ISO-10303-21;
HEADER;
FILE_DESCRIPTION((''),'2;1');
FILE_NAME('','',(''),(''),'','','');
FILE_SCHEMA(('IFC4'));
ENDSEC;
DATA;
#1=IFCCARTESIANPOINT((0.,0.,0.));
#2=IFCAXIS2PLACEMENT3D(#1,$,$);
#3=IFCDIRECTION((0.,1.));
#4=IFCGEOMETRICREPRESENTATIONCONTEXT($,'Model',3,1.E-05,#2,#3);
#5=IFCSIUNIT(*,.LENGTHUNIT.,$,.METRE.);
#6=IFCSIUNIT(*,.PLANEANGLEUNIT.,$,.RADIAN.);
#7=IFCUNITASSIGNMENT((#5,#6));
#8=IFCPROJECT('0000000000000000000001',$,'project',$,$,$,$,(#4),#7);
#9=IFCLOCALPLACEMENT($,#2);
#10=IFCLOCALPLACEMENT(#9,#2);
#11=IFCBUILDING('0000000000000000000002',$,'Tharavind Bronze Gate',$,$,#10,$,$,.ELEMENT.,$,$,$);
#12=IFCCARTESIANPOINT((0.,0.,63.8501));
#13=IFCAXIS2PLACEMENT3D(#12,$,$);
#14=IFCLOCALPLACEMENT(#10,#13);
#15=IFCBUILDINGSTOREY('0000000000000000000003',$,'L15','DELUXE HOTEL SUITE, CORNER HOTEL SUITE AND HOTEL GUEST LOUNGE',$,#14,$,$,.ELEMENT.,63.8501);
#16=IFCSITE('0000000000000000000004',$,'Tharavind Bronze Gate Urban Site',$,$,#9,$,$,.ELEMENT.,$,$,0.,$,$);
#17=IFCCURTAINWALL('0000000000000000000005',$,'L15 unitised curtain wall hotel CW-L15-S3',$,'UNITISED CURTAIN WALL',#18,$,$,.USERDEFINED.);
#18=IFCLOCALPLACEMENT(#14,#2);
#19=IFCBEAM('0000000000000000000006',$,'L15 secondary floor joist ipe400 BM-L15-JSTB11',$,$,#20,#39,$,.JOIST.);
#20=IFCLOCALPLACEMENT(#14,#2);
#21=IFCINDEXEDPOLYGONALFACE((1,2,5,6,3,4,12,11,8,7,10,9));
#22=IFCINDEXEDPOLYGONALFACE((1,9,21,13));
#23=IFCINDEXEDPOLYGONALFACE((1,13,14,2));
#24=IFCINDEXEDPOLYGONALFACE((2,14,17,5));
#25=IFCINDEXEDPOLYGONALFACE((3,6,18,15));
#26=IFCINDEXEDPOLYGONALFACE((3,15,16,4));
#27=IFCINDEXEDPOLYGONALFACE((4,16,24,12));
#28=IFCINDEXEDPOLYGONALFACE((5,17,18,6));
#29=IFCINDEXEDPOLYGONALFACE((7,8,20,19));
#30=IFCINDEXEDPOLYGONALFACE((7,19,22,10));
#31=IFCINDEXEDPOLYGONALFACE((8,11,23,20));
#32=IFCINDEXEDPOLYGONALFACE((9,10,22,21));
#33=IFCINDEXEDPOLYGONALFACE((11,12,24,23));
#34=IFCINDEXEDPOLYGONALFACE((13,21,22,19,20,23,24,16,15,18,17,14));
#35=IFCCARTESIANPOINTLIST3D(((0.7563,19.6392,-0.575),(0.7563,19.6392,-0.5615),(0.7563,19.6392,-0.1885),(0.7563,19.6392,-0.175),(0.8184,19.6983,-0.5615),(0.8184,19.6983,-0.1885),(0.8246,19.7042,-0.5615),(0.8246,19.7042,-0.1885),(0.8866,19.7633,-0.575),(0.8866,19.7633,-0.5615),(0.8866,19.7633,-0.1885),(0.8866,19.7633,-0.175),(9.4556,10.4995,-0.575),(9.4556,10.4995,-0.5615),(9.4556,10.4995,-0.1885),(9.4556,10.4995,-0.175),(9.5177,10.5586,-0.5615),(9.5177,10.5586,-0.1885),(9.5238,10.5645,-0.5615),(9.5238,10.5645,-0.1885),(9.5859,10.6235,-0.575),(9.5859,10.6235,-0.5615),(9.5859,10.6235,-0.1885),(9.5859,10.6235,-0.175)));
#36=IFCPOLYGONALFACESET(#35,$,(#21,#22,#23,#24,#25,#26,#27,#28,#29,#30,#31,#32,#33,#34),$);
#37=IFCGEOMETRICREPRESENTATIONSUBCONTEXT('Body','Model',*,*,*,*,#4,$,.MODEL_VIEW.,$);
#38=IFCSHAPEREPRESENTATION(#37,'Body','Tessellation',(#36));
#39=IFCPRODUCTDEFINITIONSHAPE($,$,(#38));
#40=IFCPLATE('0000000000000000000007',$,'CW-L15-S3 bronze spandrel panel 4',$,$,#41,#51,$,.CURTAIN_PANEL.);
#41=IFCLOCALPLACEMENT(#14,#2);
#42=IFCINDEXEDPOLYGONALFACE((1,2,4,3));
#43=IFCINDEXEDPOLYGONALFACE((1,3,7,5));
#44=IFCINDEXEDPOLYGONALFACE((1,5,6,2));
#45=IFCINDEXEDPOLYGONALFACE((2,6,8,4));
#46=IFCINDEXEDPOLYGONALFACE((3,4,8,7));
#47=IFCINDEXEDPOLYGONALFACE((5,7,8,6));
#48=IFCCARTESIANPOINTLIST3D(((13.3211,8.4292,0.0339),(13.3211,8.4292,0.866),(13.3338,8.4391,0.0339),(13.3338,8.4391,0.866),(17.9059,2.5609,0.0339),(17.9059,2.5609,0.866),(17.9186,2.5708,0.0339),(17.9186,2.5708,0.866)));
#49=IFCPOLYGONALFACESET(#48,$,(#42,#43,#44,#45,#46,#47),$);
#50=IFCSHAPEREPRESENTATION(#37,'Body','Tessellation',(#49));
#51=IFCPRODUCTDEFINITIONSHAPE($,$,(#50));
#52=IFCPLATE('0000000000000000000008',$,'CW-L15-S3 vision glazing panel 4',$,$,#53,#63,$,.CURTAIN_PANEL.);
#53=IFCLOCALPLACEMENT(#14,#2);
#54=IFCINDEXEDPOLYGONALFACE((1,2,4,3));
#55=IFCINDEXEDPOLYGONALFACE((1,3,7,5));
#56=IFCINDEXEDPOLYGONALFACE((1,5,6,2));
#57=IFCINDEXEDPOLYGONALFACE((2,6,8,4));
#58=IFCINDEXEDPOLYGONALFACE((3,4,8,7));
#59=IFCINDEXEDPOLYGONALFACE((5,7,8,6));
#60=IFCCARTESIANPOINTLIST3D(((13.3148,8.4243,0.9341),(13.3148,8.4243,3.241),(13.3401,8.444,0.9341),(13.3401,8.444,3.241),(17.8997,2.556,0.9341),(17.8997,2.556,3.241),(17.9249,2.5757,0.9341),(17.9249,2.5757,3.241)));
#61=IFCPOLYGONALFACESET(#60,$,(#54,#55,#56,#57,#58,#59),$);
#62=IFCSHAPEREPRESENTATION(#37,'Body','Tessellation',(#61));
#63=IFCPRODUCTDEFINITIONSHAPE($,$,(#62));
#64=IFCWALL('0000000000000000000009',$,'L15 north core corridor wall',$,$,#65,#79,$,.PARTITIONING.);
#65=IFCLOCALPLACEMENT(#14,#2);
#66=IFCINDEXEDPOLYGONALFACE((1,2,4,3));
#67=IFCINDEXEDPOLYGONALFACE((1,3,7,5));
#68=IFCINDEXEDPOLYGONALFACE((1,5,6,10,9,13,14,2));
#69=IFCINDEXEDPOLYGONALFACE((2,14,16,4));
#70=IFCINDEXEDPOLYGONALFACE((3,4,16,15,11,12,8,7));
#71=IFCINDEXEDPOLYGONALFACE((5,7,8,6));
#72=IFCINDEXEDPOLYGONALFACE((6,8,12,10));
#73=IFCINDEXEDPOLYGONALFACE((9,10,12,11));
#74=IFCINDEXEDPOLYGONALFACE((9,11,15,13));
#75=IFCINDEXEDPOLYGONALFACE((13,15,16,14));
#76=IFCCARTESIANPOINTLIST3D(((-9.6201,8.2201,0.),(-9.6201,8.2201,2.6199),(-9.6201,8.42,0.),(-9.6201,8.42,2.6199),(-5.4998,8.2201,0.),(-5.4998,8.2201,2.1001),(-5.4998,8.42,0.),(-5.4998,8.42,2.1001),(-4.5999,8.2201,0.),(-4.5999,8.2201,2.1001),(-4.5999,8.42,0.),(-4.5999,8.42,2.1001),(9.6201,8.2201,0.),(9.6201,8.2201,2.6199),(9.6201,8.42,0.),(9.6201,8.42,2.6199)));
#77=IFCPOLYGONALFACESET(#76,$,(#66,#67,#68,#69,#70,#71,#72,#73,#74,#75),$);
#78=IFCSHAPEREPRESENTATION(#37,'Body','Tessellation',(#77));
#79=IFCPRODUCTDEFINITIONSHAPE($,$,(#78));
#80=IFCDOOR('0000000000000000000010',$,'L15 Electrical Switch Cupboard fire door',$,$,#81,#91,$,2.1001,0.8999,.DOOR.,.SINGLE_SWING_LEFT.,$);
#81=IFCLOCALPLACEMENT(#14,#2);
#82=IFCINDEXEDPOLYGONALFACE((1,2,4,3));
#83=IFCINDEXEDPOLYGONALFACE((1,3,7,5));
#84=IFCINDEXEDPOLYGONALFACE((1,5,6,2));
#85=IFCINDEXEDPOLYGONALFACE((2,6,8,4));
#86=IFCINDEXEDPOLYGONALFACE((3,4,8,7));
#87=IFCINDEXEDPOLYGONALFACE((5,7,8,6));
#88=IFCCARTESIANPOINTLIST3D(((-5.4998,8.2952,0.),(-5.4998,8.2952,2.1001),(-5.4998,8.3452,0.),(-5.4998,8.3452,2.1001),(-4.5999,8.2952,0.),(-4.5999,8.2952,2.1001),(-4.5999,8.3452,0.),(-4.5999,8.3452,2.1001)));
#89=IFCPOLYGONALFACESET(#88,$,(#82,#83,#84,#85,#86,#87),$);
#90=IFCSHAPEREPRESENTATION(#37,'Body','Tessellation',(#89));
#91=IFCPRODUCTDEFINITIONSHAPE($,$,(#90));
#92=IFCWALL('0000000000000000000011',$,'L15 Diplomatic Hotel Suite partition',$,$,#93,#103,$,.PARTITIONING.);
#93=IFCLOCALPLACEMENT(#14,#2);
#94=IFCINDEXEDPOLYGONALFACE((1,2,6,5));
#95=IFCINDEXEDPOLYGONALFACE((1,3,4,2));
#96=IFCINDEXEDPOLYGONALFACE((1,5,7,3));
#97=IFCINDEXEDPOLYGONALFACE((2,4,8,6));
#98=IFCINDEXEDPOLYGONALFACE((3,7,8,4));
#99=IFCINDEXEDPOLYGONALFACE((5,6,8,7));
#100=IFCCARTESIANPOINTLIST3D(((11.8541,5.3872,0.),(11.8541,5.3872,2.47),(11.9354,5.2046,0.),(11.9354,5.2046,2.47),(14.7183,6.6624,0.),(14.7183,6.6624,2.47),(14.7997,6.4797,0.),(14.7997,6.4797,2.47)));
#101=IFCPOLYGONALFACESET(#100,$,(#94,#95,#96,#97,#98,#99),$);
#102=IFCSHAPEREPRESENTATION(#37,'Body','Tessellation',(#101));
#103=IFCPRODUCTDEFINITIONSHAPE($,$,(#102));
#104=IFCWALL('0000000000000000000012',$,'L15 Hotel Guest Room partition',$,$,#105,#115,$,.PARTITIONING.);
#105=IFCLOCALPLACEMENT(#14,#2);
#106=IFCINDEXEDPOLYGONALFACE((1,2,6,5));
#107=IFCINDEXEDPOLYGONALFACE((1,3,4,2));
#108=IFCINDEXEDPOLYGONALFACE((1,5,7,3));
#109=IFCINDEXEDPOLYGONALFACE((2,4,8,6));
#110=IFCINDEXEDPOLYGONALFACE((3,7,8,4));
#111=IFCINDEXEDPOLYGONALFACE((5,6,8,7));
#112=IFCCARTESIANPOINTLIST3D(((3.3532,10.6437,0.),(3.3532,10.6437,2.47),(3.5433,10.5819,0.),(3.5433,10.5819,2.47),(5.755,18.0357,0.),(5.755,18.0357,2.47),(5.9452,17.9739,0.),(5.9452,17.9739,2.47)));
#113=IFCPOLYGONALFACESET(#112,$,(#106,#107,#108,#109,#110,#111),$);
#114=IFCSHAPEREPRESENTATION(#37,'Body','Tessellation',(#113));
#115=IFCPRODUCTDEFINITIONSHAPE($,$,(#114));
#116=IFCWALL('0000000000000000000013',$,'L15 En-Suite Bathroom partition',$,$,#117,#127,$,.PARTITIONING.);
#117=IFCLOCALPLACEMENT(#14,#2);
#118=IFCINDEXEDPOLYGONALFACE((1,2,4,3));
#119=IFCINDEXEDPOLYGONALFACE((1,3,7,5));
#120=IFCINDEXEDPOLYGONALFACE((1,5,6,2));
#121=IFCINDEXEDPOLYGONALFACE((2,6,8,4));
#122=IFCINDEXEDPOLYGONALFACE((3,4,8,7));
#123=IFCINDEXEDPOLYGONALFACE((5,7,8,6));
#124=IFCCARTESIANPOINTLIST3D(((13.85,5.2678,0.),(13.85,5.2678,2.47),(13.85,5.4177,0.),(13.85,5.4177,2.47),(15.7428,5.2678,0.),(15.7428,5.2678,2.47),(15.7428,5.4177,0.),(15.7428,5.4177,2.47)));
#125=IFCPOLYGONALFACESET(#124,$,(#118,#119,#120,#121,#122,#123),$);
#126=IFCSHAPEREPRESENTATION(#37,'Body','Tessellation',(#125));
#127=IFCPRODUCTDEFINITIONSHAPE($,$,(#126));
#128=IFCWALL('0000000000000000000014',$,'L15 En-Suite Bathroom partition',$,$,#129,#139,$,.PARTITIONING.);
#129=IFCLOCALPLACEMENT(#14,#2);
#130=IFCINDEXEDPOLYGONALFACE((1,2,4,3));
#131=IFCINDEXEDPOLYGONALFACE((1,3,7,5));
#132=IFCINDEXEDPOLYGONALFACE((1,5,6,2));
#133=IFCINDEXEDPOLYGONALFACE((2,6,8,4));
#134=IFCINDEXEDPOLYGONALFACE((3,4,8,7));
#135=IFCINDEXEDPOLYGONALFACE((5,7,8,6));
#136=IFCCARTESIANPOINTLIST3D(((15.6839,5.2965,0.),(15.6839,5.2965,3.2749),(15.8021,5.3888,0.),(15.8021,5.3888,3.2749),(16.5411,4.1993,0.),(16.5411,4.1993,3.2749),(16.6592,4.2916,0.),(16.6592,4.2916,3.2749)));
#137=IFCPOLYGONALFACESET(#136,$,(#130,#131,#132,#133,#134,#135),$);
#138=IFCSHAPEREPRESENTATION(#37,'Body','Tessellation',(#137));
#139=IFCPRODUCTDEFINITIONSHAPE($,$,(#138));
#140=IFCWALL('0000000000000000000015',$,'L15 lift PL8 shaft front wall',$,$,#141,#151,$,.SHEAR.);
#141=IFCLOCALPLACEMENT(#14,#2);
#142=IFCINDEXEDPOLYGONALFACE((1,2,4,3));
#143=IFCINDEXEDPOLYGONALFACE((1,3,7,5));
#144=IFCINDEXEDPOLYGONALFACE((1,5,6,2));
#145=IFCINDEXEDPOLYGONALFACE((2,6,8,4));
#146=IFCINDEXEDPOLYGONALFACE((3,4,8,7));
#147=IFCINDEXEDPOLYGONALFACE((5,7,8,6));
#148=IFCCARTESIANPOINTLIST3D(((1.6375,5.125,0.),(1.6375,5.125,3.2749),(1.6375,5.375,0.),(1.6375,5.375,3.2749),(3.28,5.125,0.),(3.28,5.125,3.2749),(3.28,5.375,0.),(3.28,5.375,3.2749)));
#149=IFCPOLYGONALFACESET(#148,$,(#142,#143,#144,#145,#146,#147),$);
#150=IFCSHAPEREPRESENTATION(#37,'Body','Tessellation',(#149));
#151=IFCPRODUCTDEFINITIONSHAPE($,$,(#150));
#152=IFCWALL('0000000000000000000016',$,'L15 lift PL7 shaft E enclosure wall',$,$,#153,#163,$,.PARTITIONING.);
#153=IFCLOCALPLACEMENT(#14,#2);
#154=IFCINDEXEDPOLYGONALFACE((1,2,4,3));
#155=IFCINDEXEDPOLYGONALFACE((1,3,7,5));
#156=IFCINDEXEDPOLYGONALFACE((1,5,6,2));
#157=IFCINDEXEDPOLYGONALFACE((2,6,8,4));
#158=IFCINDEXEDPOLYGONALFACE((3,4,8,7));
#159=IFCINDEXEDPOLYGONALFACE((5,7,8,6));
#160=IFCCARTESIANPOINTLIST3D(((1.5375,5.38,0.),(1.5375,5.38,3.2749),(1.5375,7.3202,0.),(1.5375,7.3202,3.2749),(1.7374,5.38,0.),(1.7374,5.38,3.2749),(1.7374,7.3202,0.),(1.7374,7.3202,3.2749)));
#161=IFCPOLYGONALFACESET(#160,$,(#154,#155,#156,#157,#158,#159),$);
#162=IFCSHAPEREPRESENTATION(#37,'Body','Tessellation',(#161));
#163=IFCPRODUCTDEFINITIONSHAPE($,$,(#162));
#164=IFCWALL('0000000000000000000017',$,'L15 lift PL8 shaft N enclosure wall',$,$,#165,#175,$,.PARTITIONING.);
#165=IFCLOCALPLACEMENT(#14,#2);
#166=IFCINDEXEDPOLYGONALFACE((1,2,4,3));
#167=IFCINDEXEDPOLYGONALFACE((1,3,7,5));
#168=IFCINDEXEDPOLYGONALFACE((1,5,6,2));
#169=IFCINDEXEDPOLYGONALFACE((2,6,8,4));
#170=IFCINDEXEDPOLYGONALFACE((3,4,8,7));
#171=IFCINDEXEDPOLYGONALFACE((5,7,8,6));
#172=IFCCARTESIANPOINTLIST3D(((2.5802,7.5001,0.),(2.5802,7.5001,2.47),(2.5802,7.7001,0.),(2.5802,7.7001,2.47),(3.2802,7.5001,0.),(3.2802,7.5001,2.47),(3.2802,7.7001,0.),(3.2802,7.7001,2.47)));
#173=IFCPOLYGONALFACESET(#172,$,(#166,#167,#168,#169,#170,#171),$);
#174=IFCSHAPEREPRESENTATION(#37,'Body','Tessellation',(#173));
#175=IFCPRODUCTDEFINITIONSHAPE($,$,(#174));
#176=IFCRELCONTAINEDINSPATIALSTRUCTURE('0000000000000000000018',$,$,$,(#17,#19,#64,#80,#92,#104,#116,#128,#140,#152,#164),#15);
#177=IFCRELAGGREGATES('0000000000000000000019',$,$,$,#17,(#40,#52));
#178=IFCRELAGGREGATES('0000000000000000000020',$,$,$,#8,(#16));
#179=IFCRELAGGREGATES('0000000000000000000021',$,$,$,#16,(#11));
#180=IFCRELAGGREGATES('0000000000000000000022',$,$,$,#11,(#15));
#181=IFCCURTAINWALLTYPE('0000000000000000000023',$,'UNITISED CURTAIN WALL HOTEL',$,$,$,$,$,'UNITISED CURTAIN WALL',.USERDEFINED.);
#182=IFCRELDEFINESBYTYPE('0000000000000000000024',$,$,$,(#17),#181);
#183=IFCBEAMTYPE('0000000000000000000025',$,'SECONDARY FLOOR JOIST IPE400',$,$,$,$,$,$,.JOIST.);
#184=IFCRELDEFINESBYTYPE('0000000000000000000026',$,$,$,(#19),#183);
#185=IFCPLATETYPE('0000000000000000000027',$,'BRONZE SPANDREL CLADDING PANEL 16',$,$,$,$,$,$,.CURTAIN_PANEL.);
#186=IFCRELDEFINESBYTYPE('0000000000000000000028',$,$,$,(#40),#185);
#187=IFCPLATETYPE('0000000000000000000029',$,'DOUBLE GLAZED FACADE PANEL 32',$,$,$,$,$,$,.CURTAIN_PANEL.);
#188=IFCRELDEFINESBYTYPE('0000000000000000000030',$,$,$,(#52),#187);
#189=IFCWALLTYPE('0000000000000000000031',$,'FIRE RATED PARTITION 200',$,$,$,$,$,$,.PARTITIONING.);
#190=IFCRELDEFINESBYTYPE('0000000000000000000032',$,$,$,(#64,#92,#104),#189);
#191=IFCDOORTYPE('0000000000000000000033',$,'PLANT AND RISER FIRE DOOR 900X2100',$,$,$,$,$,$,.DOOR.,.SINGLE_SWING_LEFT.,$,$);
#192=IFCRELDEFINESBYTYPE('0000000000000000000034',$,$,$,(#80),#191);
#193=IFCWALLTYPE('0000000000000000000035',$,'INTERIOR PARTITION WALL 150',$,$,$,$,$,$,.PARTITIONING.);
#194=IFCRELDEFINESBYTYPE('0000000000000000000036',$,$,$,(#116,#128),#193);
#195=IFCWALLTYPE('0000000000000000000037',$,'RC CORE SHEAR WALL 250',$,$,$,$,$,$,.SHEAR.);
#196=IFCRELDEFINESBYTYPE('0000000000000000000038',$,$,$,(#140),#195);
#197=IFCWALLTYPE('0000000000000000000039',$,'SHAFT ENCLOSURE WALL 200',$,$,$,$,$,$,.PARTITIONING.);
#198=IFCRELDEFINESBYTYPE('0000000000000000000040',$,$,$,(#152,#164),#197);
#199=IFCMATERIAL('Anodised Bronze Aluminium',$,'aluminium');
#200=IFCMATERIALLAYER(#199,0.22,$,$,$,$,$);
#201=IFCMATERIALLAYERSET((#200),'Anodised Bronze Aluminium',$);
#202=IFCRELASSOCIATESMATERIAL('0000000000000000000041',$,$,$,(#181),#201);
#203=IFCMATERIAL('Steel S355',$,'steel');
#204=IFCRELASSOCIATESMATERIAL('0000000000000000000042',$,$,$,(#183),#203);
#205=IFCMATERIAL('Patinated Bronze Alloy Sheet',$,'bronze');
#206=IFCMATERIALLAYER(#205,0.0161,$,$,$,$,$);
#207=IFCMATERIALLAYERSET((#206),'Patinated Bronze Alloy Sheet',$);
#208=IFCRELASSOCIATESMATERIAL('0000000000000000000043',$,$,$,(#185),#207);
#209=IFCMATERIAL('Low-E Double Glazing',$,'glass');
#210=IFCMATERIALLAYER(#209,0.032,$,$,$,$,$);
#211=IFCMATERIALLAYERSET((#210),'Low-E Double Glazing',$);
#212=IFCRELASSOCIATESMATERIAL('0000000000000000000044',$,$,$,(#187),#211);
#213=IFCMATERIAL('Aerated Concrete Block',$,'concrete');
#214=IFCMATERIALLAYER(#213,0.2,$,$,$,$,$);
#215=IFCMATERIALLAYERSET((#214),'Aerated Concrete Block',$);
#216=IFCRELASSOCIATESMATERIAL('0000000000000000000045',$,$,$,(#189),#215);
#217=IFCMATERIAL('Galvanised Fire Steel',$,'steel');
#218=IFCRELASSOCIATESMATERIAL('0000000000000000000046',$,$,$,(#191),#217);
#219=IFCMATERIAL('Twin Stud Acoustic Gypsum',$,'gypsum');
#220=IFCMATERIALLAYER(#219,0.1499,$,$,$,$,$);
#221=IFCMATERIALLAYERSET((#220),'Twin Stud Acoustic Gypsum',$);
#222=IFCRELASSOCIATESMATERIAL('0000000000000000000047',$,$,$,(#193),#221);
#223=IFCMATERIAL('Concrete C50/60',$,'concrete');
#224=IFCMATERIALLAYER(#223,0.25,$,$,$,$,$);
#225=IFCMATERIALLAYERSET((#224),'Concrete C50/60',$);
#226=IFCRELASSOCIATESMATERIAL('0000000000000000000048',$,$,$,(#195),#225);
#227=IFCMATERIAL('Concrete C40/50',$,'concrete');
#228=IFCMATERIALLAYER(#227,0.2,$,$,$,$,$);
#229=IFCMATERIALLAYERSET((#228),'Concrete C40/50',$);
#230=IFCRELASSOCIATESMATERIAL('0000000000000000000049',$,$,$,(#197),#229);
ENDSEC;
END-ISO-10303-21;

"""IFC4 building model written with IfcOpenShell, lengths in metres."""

from ifc_helpers import new_model, si_unit, direction, frame, frame_2d, origin, origin_2d, place, context, subcontext, project, spatial, rectangle, i_section, extrude, material, layer, layer_set, material_profile, profile_set, type_object, element, fill, aggregate, save


model = new_model("IFC4")

# Units and contexts
model_context = context("Model", 3, precision=1e-05, world=origin(), true_north=direction((0.0, 1.0)))
body_context = subcontext(model_context, "Body", "Model", "MODEL_VIEW")
ifc_project = project(units=[si_unit("LENGTHUNIT", "METRE"), si_unit("PLANEANGLEUNIT", "RADIAN")], contexts=[model_context])

# Site, building, storey
site_placement = place(None, origin())
site = spatial("IfcSite", under=ifc_project, at=site_placement, Name="Tharavind Bronze Gate Urban Site", CompositionType="ELEMENT", RefElevation=0.0)
building_placement = place(site_placement, origin())
building = spatial("IfcBuilding", under=site, at=building_placement, Name="Tharavind Bronze Gate", CompositionType="ELEMENT")
storey_placement = place(building_placement, frame((0.0, 0.0, 63.8501)))
storey = spatial("IfcBuildingStorey", under=building, at=storey_placement, Name="L15", Description="DELUXE HOTEL SUITE, CORNER HOTEL SUITE AND HOTEL GUEST LOUNGE", CompositionType="ELEMENT", Elevation=63.8501)

# Curtain wall
ifc_material_1 = material(Name="Anodised Bronze Aluminium", Category="aluminium")
ifc_layer_1 = layer(ifc_material_1, 0.22)
ifc_layer_set_1 = layer_set([ifc_layer_1], Name="Anodised Bronze Aluminium")
curtain_wall_type = type_object("IfcCurtainWallType", Name="UNITISED CURTAIN WALL HOTEL", ElementType="UNITISED CURTAIN WALL", PredefinedType="USERDEFINED", material=ifc_layer_set_1)
curtain_wall_placement = place(storey_placement, origin())
curtain_wall = element("IfcCurtainWall", 1, at=curtain_wall_placement, inside=storey, type_object=curtain_wall_type, Name="L15 unitised curtain wall hotel CW-L15-S3", ObjectType="UNITISED CURTAIN WALL", PredefinedType="USERDEFINED")

# Beam
ifc_material_2 = material(Name="Steel S355", Category="steel")
ifc_material_profile_1 = material_profile(ifc_material_2, i_section(OverallWidth=0.1799, OverallDepth=0.3999, WebThickness=0.0085, FlangeThickness=0.0134, at=origin_2d()), Name="IPE400")
ifc_profile_set_1 = profile_set([ifc_material_profile_1], Name="Steel S355")
beam_type_1 = type_object("IfcBeamType", Name="SECONDARY FLOOR JOIST IPE400", PredefinedType="JOIST", material=ifc_profile_set_1)
beam_1_placement = place(storey_placement, frame((9.5208, 10.5615, -0.375), z_axis=(-0.689439, 0.724344, 0.0), x_axis=(-0.724344, -0.689439, 0.0)))
element("IfcBeam", 2, at=beam_1_placement, inside=storey, type_object=beam_type_1, Name="L15 secondary floor joist ipe400 BM-L15-JSTB11", PredefinedType="JOIST", context=body_context, shape_type="SweptSolid", body=[
    extrude(i_section(OverallWidth=0.1799, OverallDepth=0.3999, WebThickness=0.0085, FlangeThickness=0.0134, at=origin_2d()), origin(), (0.0, 0.0, 1.0), 12.6179),
])

# Plates
ifc_material_3 = material(Name="Patinated Bronze Alloy Sheet", Category="bronze")
ifc_layer_2 = layer(ifc_material_3, 0.0161)
ifc_layer_set_2 = layer_set([ifc_layer_2], Name="Patinated Bronze Alloy Sheet")
plate_type_1 = type_object("IfcPlateType", Name="BRONZE SPANDREL CLADDING PANEL 16", PredefinedType="CURTAIN_PANEL", material=ifc_layer_set_2)
plate_1_placement = place(storey_placement, frame((15.6199, 5.5, 0.0339), z_axis=(0.0, 0.0, 1.0), x_axis=(-0.615661, 0.788011, 0.0)))
plate_1 = element("IfcPlate", 3, at=plate_1_placement, type_object=plate_type_1, Name="CW-L15-S3 bronze spandrel panel 4", PredefinedType="CURTAIN_PANEL", context=body_context, shape_type="SweptSolid", body=[
    extrude(rectangle(XDim=7.447, YDim=0.0161, at=origin_2d()), origin(), (0.0, 0.0, 1.0), 0.832),
])
ifc_material_4 = material(Name="Low-E Double Glazing", Category="glass")
ifc_layer_3 = layer(ifc_material_4, 0.032)
ifc_layer_set_3 = layer_set([ifc_layer_3], Name="Low-E Double Glazing")
plate_type_2 = type_object("IfcPlateType", Name="DOUBLE GLAZED FACADE PANEL 32", PredefinedType="CURTAIN_PANEL", material=ifc_layer_set_3)
plate_2_placement = place(storey_placement, frame((15.6199, 5.5, 0.9341), z_axis=(0.0, 0.0, 1.0), x_axis=(-0.615661, 0.788011, 0.0)))
plate_2 = element("IfcPlate", 4, at=plate_2_placement, type_object=plate_type_2, Name="CW-L15-S3 vision glazing panel 4", PredefinedType="CURTAIN_PANEL", context=body_context, shape_type="SweptSolid", body=[
    extrude(rectangle(XDim=7.447, YDim=0.032, at=origin_2d()), origin(), (0.0, 0.0, 1.0), 2.3069),
])
aggregate(curtain_wall, [plate_1, plate_2])

# Wall, opening, door
ifc_material_5 = material(Name="Aerated Concrete Block", Category="concrete")
ifc_layer_4 = layer(ifc_material_5, 0.2)
ifc_layer_set_4 = layer_set([ifc_layer_4], Name="Aerated Concrete Block")
wall_type_1 = type_object("IfcWallType", Name="FIRE RATED PARTITION 200", PredefinedType="PARTITIONING", material=ifc_layer_set_4)
wall_1_placement = place(storey_placement, frame((9.6201, 8.3201, 0.0), z_axis=(0.0, 0.0, 1.0), x_axis=(-1.0, 0.0, 0.0)))
wall_1 = element("IfcWall", 5, at=wall_1_placement, inside=storey, type_object=wall_type_1, Name="L15 north core corridor wall", PredefinedType="PARTITIONING", context=body_context, shape_type="SweptSolid", body=[
    extrude(rectangle(XDim=19.2402, YDim=0.2, at=frame_2d((9.6201, 0.0))), origin(), (0.0, 0.0, 1.0), 2.6199),
])
opening_1_placement = place(wall_1_placement, frame((14.22, 0.0, 0.0)))
opening_1 = element("IfcOpeningElement", 6, at=opening_1_placement, cuts=wall_1, PredefinedType="OPENING", context=body_context, shape_type="SweptSolid", body=[
    extrude(rectangle(XDim=0.8999, YDim=2.1001, at=frame_2d((0.45, 1.05))), frame((0.0, 0.1101, 0.0), z_axis=(0.0, -1.0, 0.0), x_axis=(1.0, 0.0, 0.0)), (0.0, 0.0, 1.0), 0.22),
])
ifc_material_6 = material(Name="Galvanised Fire Steel", Category="steel")
door_type_1 = type_object("IfcDoorType", Name="PLANT AND RISER FIRE DOOR 900X2100", OperationType="SINGLE_SWING_LEFT", PredefinedType="DOOR", material=ifc_material_6)
door_1_placement = place(opening_1_placement, origin())
door_1 = element("IfcDoor", 7, at=door_1_placement, inside=storey, type_object=door_type_1, Name="L15 Electrical Switch Cupboard fire door", OperationType="SINGLE_SWING_LEFT", OverallHeight=2.1001, OverallWidth=0.8999, PredefinedType="DOOR", context=body_context, shape_type="SweptSolid", body=[
    extrude(rectangle(XDim=0.8999, YDim=2.1001, at=frame_2d((0.45, 1.05))), frame((0.0, 0.0249, 0.0), z_axis=(0.0, -1.0, 0.0), x_axis=(1.0, 0.0, 0.0)), (0.0, 0.0, 1.0), 0.05),
])
fill(opening_1, door_1)

# Wall
wall_2_placement = place(storey_placement, frame((11.8948, 5.2959, 0.0), z_axis=(0.0, 0.0, 1.0), x_axis=(0.913558, 0.406709, 0.0)))
element("IfcWall", 8, at=wall_2_placement, inside=storey, type_object=wall_type_1, Name="L15 Diplomatic Hotel Suite partition", PredefinedType="PARTITIONING", context=body_context, shape_type="SweptSolid", body=[
    extrude(rectangle(XDim=3.1353, YDim=0.2, at=frame_2d((1.5676, 0.0))), origin(), (0.0, 0.0, 1.0), 2.47),
])

# Wall
wall_3_placement = place(storey_placement, frame((3.4482, 10.6128, 0.0), z_axis=(0.0, 0.0, 1.0), x_axis=(0.309019, 0.951056, 0.0)))
element("IfcWall", 9, at=wall_3_placement, inside=storey, type_object=wall_type_1, Name="L15 Hotel Guest Room partition", PredefinedType="PARTITIONING", context=body_context, shape_type="SweptSolid", body=[
    extrude(rectangle(XDim=7.7725, YDim=0.2, at=frame_2d((3.8862, 0.0))), origin(), (0.0, 0.0, 1.0), 2.47),
])

# Walls
ifc_material_7 = material(Name="Twin Stud Acoustic Gypsum", Category="gypsum")
ifc_layer_5 = layer(ifc_material_7, 0.1499)
ifc_layer_set_5 = layer_set([ifc_layer_5], Name="Twin Stud Acoustic Gypsum")
wall_type_2 = type_object("IfcWallType", Name="INTERIOR PARTITION WALL 150", PredefinedType="PARTITIONING", material=ifc_layer_set_5)
wall_4_placement = place(storey_placement, frame((13.8501, 5.3428, 0.0), z_axis=(0.0, 0.0, 1.0), x_axis=(1.0, 0.0, 0.0)))
element("IfcWall", 10, at=wall_4_placement, inside=storey, type_object=wall_type_2, Name="L15 En-Suite Bathroom partition", PredefinedType="PARTITIONING", context=body_context, shape_type="SweptSolid", body=[
    extrude(rectangle(XDim=1.8928, YDim=0.1499, at=frame_2d((0.9463, 0.0))), origin(), (0.0, 0.0, 1.0), 2.47),
])
wall_5_placement = place(storey_placement, frame((15.7429, 5.3428, 0.0), z_axis=(0.0, 0.0, 1.0), x_axis=(0.615651, -0.788019, 0.0)))
element("IfcWall", 11, at=wall_5_placement, inside=storey, type_object=wall_type_2, Name="L15 En-Suite Bathroom partition", PredefinedType="PARTITIONING", context=body_context, shape_type="SweptSolid", body=[
    extrude(rectangle(XDim=1.3923, YDim=0.1499, at=frame_2d((0.6963, 0.0))), origin(), (0.0, 0.0, 1.0), 3.2749),
])
ifc_material_8 = material(Name="Concrete C50/60", Category="concrete")
ifc_layer_6 = layer(ifc_material_8, 0.25)
ifc_layer_set_6 = layer_set([ifc_layer_6], Name="Concrete C50/60")
wall_type_3 = type_object("IfcWallType", Name="RC CORE SHEAR WALL 250", PredefinedType="SHEAR", material=ifc_layer_set_6)
wall_6_placement = place(storey_placement, frame((1.6375, 5.25, 0.0), z_axis=(0.0, 0.0, 1.0), x_axis=(1.0, 0.0, 0.0)))
element("IfcWall", 12, at=wall_6_placement, inside=storey, type_object=wall_type_3, Name="L15 lift PL8 shaft front wall", PredefinedType="SHEAR", context=body_context, shape_type="SweptSolid", body=[
    extrude(rectangle(XDim=1.6426, YDim=0.25, at=frame_2d((0.8213, 0.0))), origin(), (0.0, 0.0, 1.0), 3.2749),
])
ifc_material_9 = material(Name="Concrete C40/50", Category="concrete")
ifc_layer_7 = layer(ifc_material_9, 0.2)
ifc_layer_set_7 = layer_set([ifc_layer_7], Name="Concrete C40/50")
wall_type_4 = type_object("IfcWallType", Name="SHAFT ENCLOSURE WALL 200", PredefinedType="PARTITIONING", material=ifc_layer_set_7)
wall_7_placement = place(storey_placement, frame((1.6375, 5.3799, 0.0), z_axis=(0.0, 0.0, 1.0), x_axis=(0.0, 1.0, 0.0)))
element("IfcWall", 13, at=wall_7_placement, inside=storey, type_object=wall_type_4, Name="L15 lift PL7 shaft E enclosure wall", PredefinedType="PARTITIONING", context=body_context, shape_type="SweptSolid", body=[
    extrude(rectangle(XDim=1.9402, YDim=0.2, at=frame_2d((0.9702, 0.0))), origin(), (0.0, 0.0, 1.0), 3.2749),
])
wall_8_placement = place(storey_placement, frame((2.5801, 7.6001, 0.0), z_axis=(0.0, 0.0, 1.0), x_axis=(1.0, 0.0, 0.0)))
element("IfcWall", 14, at=wall_8_placement, inside=storey, type_object=wall_type_4, Name="L15 lift PL8 shaft N enclosure wall", PredefinedType="PARTITIONING", context=body_context, shape_type="SweptSolid", body=[
    extrude(rectangle(XDim=0.7, YDim=0.2, at=frame_2d((0.3501, 0.0))), origin(), (0.0, 0.0, 1.0), 2.47),
])

save(model, "model.ifc")
